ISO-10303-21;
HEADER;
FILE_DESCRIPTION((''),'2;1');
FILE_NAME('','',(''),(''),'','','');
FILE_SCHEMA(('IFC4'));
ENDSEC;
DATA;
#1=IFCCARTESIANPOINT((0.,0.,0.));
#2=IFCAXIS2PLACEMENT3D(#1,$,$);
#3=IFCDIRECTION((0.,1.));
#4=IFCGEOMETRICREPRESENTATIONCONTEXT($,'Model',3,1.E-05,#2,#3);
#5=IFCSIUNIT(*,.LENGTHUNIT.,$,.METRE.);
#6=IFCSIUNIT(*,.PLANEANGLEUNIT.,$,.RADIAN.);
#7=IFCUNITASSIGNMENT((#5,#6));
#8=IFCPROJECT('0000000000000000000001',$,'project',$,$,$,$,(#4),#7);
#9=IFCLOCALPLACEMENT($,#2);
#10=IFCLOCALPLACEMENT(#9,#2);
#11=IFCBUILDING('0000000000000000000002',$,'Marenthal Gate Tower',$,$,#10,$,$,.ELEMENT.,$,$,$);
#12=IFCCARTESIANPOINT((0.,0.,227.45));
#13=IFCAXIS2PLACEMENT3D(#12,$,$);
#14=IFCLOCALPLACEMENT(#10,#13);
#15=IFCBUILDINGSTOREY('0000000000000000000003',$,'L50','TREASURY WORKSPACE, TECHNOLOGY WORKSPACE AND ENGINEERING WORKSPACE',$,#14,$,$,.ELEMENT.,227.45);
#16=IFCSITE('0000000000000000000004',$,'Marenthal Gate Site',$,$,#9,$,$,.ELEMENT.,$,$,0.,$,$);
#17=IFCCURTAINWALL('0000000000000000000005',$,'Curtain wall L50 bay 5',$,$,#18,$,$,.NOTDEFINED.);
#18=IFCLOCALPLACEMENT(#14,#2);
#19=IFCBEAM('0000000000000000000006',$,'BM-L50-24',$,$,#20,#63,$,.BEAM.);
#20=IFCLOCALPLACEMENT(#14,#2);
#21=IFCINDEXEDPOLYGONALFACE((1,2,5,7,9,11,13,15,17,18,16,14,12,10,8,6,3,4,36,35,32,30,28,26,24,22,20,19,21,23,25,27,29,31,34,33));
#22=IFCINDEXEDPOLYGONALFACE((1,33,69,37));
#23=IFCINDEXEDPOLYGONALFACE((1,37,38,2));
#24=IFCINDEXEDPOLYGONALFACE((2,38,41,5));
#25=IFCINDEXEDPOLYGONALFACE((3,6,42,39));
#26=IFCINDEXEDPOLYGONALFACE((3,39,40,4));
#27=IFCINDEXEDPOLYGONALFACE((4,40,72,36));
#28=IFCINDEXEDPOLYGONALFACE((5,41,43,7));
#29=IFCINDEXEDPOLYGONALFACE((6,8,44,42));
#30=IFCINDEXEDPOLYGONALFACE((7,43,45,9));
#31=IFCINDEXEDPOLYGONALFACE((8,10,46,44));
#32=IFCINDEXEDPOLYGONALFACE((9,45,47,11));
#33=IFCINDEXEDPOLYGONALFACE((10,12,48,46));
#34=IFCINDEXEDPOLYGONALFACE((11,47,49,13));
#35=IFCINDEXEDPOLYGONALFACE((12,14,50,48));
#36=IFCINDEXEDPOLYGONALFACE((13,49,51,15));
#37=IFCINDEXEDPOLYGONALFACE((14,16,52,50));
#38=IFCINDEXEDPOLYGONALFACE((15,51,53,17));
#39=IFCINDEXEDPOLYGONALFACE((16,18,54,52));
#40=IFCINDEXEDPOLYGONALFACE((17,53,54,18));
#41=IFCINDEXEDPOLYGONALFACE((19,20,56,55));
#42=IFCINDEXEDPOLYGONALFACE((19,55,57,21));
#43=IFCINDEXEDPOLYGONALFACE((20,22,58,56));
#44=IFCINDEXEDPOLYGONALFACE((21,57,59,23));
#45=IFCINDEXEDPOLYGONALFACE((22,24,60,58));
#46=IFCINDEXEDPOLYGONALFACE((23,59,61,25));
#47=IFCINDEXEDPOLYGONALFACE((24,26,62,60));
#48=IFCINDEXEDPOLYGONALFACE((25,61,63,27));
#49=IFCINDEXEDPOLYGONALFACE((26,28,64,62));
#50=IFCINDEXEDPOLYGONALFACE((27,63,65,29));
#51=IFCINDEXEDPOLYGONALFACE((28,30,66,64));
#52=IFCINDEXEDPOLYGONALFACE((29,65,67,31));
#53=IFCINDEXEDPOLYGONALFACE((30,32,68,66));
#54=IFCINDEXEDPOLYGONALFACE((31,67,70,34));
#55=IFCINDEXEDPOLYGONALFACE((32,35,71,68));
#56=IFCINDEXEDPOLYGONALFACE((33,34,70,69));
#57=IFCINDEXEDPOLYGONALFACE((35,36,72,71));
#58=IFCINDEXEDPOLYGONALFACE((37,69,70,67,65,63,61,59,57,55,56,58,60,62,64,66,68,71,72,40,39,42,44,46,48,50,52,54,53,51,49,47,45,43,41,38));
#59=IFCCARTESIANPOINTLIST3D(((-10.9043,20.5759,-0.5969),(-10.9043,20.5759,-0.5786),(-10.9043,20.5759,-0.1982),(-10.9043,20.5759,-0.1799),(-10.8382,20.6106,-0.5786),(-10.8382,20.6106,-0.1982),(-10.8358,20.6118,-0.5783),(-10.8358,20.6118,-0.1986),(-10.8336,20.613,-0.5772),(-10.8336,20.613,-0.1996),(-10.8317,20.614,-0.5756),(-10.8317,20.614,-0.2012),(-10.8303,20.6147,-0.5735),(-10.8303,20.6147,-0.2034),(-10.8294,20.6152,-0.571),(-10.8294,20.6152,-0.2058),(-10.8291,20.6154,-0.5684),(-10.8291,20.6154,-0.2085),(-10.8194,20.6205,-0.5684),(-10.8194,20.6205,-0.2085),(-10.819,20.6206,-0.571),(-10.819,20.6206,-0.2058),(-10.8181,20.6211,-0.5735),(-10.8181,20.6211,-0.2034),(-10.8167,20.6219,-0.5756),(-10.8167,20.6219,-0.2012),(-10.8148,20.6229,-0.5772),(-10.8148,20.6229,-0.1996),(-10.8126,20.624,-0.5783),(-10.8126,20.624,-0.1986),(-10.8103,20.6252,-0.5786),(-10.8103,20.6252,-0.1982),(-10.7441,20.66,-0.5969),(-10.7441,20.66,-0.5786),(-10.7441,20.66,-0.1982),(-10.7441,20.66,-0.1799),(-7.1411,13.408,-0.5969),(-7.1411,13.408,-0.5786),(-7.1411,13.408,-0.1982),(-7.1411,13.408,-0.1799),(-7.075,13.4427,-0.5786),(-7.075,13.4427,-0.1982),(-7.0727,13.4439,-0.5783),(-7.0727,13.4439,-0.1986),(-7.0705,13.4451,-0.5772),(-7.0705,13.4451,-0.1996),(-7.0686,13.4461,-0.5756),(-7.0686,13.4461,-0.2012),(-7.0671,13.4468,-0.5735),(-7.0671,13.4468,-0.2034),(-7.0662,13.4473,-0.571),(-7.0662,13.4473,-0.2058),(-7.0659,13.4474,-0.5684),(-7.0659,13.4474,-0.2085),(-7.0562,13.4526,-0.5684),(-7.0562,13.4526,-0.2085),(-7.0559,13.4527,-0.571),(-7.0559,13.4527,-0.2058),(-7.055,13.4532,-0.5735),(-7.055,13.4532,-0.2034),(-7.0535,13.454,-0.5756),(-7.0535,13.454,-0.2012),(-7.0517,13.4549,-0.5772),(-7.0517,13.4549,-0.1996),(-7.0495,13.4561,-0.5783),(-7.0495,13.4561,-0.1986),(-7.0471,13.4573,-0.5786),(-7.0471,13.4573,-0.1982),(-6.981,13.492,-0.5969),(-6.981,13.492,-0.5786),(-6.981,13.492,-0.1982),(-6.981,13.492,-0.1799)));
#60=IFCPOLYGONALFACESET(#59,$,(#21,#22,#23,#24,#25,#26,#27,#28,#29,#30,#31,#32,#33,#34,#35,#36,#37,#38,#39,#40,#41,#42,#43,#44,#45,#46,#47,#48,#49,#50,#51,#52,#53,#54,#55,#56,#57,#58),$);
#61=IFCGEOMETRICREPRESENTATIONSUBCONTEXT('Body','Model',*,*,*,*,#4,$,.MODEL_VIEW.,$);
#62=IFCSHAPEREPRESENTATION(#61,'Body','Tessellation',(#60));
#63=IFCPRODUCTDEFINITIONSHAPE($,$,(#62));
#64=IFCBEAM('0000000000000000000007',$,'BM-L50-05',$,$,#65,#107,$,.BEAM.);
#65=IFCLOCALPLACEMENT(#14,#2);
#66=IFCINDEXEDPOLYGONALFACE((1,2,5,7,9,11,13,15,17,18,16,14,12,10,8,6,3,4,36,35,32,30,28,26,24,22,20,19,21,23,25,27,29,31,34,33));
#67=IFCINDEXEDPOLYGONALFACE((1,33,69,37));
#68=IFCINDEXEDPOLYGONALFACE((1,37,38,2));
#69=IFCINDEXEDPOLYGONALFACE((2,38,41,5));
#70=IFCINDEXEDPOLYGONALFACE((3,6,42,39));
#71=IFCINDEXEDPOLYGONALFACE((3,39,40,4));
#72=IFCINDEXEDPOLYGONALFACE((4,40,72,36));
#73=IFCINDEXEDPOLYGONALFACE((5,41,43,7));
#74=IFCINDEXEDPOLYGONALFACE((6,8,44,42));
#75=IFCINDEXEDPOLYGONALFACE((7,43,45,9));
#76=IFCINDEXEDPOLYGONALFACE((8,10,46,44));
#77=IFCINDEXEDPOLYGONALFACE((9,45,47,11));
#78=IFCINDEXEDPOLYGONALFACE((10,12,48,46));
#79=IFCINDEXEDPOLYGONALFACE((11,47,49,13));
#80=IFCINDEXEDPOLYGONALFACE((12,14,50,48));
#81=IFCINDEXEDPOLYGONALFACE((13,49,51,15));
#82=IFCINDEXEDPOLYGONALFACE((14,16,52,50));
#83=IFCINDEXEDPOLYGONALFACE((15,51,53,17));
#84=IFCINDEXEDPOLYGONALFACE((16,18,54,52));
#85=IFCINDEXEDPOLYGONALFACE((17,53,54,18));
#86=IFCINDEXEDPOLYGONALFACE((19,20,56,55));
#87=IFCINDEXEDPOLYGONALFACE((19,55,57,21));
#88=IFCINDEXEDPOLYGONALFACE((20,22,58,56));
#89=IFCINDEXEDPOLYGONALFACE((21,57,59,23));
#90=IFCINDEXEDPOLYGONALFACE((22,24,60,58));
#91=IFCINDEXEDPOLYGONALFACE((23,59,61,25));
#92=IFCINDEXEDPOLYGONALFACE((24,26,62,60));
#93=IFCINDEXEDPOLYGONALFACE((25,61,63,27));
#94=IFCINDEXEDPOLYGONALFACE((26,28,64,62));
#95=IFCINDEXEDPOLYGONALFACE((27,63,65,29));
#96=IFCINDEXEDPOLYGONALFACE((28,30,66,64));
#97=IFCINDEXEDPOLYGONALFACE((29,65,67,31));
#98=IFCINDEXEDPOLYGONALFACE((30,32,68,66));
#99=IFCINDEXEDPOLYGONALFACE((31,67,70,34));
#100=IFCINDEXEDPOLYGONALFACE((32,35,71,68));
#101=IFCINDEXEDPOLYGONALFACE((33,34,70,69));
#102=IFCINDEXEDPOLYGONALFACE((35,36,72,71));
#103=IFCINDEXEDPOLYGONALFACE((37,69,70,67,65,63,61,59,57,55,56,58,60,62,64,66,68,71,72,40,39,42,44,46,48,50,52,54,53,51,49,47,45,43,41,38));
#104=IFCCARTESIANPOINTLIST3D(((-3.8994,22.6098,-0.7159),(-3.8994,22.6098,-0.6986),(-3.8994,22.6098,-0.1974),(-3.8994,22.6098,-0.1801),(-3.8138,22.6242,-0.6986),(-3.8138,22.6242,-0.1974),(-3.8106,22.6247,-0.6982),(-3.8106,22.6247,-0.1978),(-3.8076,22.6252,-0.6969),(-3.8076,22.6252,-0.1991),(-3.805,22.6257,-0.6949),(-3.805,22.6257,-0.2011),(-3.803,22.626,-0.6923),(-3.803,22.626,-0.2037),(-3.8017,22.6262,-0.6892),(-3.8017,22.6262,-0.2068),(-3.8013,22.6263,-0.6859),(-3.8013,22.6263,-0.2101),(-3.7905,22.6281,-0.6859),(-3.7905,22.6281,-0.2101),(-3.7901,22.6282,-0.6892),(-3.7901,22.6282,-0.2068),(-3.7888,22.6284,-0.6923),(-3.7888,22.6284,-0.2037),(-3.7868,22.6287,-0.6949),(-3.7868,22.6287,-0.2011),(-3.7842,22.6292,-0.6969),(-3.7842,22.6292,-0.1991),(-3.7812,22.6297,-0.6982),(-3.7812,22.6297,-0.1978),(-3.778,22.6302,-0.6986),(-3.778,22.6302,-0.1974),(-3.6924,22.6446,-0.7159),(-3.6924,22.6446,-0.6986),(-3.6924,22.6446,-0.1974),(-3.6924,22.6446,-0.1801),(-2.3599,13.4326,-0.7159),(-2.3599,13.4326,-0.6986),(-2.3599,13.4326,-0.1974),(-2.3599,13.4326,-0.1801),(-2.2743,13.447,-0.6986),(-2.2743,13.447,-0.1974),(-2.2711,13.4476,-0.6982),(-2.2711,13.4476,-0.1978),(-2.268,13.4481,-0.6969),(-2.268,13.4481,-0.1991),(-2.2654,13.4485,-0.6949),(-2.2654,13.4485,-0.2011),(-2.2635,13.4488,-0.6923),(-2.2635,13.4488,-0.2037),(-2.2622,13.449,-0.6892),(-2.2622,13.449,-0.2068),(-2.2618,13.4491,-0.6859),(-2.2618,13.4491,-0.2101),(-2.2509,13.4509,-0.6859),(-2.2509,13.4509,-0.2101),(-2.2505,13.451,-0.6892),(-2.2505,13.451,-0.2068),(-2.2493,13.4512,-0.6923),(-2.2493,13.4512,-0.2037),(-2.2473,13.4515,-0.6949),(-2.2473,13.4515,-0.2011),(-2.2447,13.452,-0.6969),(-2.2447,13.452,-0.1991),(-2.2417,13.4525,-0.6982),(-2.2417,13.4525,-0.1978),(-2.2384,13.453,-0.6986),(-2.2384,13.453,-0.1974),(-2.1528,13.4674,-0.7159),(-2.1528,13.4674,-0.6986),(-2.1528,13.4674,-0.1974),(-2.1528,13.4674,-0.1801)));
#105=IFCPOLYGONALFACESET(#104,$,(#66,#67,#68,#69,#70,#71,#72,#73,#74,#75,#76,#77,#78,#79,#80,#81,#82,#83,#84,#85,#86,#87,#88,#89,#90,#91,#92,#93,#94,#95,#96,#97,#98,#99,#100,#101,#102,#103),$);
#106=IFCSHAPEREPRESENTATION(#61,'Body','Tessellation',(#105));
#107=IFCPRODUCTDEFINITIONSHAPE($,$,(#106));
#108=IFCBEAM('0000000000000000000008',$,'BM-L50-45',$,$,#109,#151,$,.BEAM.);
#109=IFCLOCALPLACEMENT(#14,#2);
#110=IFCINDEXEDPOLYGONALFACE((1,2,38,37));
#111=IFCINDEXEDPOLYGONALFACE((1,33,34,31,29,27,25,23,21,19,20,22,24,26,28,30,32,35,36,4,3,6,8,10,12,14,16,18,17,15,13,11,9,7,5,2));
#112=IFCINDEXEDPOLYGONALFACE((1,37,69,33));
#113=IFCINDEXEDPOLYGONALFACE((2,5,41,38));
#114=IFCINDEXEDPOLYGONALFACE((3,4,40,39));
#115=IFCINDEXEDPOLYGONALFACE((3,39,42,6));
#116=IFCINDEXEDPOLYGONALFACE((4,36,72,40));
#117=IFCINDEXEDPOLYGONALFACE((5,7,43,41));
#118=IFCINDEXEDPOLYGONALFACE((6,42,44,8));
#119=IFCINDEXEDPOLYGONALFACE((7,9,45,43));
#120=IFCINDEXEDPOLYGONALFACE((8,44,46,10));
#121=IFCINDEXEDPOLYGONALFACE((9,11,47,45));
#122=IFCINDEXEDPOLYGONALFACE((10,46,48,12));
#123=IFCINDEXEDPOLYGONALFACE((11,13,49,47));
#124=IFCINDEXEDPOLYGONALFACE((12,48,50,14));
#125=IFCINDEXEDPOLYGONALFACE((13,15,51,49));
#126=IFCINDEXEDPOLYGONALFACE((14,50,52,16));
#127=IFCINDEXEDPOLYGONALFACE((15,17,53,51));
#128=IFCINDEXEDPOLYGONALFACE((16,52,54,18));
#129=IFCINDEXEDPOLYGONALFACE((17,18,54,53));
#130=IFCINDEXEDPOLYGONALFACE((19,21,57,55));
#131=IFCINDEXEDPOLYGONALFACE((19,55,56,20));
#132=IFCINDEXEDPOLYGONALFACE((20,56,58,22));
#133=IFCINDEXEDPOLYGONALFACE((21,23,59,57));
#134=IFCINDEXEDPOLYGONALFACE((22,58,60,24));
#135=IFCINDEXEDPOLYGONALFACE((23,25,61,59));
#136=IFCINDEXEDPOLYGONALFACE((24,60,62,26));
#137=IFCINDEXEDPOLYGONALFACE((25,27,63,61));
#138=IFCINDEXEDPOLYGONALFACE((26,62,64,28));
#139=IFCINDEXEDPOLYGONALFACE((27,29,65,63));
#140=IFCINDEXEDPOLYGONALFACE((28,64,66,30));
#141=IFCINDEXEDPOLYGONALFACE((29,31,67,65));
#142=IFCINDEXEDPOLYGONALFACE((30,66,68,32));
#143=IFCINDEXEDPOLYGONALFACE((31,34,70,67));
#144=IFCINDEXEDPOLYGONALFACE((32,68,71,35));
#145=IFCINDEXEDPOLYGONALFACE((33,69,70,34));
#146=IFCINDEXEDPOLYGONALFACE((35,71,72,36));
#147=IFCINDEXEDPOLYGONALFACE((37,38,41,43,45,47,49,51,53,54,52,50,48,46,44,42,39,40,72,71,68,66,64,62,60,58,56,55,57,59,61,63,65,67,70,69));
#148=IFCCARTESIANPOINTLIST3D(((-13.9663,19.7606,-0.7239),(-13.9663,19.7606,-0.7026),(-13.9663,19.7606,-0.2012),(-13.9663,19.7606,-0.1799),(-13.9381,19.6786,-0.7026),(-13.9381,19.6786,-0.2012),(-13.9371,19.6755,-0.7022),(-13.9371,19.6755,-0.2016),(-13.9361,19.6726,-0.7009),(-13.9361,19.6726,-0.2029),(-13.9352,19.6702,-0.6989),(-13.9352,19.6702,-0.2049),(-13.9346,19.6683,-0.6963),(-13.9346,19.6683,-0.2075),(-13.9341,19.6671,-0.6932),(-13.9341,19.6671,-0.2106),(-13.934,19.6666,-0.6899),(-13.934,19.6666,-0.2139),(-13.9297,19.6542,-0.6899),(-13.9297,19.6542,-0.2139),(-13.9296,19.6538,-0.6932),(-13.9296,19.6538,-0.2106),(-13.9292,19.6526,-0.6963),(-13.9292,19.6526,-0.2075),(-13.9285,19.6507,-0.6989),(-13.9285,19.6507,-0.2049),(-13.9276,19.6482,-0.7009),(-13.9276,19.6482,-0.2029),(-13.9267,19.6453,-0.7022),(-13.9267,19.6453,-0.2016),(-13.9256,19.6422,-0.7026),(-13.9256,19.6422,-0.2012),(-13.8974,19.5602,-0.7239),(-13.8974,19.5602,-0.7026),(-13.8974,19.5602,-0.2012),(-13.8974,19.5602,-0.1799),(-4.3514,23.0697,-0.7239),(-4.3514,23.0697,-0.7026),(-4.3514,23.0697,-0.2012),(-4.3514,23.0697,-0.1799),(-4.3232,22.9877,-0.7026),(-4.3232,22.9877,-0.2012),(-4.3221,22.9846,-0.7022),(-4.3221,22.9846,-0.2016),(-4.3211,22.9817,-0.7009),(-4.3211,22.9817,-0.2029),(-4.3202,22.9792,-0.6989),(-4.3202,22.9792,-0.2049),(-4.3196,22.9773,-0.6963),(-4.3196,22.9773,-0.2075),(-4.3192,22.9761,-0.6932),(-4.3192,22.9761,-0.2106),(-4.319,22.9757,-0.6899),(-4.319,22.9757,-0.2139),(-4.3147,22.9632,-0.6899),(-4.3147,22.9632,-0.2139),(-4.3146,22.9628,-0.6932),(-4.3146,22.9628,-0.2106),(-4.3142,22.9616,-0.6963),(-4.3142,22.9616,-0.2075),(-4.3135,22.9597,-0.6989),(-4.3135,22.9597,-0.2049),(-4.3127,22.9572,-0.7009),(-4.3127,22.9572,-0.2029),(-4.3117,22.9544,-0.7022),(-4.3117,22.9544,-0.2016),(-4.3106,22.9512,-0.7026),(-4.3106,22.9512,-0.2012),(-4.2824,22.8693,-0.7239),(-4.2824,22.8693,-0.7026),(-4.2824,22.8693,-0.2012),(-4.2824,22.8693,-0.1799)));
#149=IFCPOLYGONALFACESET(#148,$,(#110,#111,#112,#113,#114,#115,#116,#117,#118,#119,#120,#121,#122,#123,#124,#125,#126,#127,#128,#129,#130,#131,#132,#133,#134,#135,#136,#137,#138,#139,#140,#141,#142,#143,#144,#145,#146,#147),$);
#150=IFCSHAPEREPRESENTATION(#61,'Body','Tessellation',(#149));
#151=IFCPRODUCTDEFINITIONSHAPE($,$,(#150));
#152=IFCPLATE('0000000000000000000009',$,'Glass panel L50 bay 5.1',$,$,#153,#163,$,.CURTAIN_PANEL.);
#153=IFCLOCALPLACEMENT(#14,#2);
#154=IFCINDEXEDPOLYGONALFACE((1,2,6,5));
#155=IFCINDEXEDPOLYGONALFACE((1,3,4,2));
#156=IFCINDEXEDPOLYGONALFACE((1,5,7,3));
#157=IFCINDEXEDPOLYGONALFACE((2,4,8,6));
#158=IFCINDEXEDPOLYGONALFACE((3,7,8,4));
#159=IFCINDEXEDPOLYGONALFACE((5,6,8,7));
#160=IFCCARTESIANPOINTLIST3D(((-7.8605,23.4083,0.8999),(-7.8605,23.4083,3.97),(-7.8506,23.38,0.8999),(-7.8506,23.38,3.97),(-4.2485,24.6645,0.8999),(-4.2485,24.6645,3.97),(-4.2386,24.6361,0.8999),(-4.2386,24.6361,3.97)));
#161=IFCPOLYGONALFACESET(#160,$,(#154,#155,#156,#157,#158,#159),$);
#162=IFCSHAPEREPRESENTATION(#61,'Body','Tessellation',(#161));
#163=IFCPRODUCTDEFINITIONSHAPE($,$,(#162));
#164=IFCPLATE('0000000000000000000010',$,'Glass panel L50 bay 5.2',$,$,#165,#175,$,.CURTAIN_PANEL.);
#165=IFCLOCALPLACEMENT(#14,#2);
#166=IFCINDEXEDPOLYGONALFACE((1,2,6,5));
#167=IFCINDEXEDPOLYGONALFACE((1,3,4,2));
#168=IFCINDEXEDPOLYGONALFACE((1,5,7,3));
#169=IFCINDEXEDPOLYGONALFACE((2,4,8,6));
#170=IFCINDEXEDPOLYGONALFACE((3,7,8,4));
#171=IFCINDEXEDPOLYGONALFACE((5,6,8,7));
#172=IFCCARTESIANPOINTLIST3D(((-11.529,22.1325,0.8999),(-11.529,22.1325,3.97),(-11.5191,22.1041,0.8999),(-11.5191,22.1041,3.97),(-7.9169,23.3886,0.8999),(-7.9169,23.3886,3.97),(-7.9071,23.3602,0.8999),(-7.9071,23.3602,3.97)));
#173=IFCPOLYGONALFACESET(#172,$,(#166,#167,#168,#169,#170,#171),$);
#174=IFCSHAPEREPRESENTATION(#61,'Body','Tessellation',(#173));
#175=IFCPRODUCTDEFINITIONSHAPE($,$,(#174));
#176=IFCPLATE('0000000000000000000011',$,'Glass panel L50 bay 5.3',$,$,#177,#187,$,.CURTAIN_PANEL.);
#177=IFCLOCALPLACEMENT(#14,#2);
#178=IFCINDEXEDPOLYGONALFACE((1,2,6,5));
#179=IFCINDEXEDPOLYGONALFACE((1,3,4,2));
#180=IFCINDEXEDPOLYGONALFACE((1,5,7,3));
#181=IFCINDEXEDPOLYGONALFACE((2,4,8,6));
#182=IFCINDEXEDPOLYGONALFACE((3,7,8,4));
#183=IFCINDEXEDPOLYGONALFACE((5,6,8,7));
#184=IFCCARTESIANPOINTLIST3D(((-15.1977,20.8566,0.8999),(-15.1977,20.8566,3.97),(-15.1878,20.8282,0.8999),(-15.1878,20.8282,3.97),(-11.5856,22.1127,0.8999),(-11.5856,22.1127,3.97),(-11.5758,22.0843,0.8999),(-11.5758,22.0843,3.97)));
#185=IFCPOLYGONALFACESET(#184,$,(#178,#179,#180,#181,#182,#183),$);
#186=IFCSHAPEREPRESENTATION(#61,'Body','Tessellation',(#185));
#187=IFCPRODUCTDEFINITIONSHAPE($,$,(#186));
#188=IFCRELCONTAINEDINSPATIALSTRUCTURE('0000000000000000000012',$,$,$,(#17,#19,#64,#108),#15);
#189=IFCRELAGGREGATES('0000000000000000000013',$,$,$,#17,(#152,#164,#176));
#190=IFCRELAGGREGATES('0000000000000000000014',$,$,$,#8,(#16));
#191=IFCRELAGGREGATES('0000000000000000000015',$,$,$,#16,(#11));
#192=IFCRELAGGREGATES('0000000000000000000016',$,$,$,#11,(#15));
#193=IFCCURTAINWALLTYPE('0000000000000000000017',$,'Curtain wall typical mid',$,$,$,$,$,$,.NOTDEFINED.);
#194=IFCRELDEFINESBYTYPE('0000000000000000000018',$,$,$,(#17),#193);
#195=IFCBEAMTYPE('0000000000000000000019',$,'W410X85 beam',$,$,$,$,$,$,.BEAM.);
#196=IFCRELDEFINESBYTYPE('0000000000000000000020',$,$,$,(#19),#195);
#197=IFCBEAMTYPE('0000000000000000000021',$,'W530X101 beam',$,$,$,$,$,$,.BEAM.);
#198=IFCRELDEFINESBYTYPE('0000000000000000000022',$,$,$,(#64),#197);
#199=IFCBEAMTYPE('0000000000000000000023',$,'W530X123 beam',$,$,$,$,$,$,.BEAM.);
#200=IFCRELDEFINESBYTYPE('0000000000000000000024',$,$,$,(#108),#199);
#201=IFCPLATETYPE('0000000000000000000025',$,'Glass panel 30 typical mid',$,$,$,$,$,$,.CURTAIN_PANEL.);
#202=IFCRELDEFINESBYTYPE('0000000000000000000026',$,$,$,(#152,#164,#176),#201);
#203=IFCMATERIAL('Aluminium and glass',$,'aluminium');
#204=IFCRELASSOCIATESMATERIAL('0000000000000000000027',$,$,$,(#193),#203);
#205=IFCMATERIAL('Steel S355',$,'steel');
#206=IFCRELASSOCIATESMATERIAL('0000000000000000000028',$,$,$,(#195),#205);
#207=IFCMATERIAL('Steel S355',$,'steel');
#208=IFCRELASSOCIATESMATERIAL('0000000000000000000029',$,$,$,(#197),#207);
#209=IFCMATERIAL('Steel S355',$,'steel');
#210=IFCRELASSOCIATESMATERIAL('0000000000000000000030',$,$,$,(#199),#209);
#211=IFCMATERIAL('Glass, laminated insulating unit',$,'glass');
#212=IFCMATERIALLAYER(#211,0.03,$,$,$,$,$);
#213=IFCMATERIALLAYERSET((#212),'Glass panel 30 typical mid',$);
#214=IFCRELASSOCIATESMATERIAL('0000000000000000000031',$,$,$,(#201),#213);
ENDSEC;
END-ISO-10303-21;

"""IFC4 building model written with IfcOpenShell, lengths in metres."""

from ifc_helpers import new_model, si_unit, direction, frame, origin, origin_2d, place, context, subcontext, project, spatial, rectangle, i_section, extrude, material, layer, layer_set, material_profile, profile_set, type_object, element, aggregate, save


model = new_model("IFC4")

# Units and contexts
model_context = context("Model", 3, precision=1e-05, world=origin(), true_north=direction((0.0, 1.0)))
body_context = subcontext(model_context, "Body", "Model", "MODEL_VIEW")
ifc_project = project(units=[si_unit("LENGTHUNIT", "METRE"), si_unit("PLANEANGLEUNIT", "RADIAN")], contexts=[model_context])

# Site, building, storey
site_placement = place(None, origin())
site = spatial("IfcSite", under=ifc_project, at=site_placement, Name="Marenthal Gate Site", CompositionType="ELEMENT", RefElevation=0.0)
building_placement = place(site_placement, origin())
building = spatial("IfcBuilding", under=site, at=building_placement, Name="Marenthal Gate Tower", CompositionType="ELEMENT")
storey_placement = place(building_placement, frame((0.0, 0.0, 227.45)))
storey = spatial("IfcBuildingStorey", under=building, at=storey_placement, Name="L50", Description="TREASURY WORKSPACE, TECHNOLOGY WORKSPACE AND ENGINEERING WORKSPACE", CompositionType="ELEMENT", Elevation=227.45)

# Curtain wall
ifc_material_1 = material(Name="Aluminium and glass", Category="aluminium")
curtain_wall_type = type_object("IfcCurtainWallType", Name="Curtain wall typical mid", PredefinedType="NOTDEFINED", material=ifc_material_1)
curtain_wall_placement = place(storey_placement, origin())
curtain_wall = element("IfcCurtainWall", 1, at=curtain_wall_placement, inside=storey, type_object=curtain_wall_type, Name="Curtain wall L50 bay 5", PredefinedType="NOTDEFINED")

# Beams
ifc_material_2 = material(Name="Steel S355", Category="steel")
ifc_material_profile_1 = material_profile(ifc_material_2, i_section(OverallWidth=0.1809, OverallDepth=0.417, WebThickness=0.011, FlangeThickness=0.0183, FilletRadius=0.0103, at=origin_2d()), Name="W410X85")
ifc_profile_set_1 = profile_set([ifc_material_profile_1], Name="Steel S355")
beam_type_1 = type_object("IfcBeamType", Name="W410X85 beam", PredefinedType="BEAM", material=ifc_profile_set_1)
beam_1_placement = place(storey_placement, frame((-10.8242, 20.6179, -0.3884), z_axis=(0.464834, -0.885398, 0.0), x_axis=(0.885398, 0.464834, 0.0)))
element("IfcBeam", 2, at=beam_1_placement, inside=storey, type_object=beam_type_1, Name="BM-L50-24", PredefinedType="BEAM", context=body_context, shape_type="SweptSolid", body=[
    extrude(i_section(OverallWidth=0.1809, OverallDepth=0.417, WebThickness=0.011, FlangeThickness=0.0183, FilletRadius=0.0103, at=origin_2d()), origin(), (0.0, 0.0, 1.0), 8.0957),
])
ifc_material_3 = material(Name="Steel S355", Category="steel")
ifc_material_profile_2 = material_profile(ifc_material_3, i_section(OverallWidth=0.21, OverallDepth=0.5359, WebThickness=0.011, FlangeThickness=0.0173, FilletRadius=0.0127, at=origin_2d()), Name="W530X101")
ifc_profile_set_2 = profile_set([ifc_material_profile_2], Name="Steel S355")
beam_type_2 = type_object("IfcBeamType", Name="W530X101 beam", PredefinedType="BEAM", material=ifc_profile_set_2)
beam_2_placement = place(storey_placement, frame((-3.7959, 22.6272, -0.448), z_axis=(0.165446, -0.986219, 0.0), x_axis=(0.986219, 0.165446, 0.0)))
element("IfcBeam", 3, at=beam_2_placement, inside=storey, type_object=beam_type_2, Name="BM-L50-05", PredefinedType="BEAM", context=body_context, shape_type="SweptSolid", body=[
    extrude(i_section(OverallWidth=0.21, OverallDepth=0.5359, WebThickness=0.011, FlangeThickness=0.0173, FilletRadius=0.0127, at=origin_2d()), origin(), (0.0, 0.0, 1.0), 9.3054),
])
ifc_material_4 = material(Name="Steel S355", Category="steel")
ifc_material_profile_3 = material_profile(ifc_material_4, i_section(OverallWidth=0.2119, OverallDepth=0.5439, WebThickness=0.0132, FlangeThickness=0.0212, FilletRadius=0.0127, at=origin_2d()), Name="W530X123")
ifc_profile_set_3 = profile_set([ifc_material_profile_3], Name="Steel S355")
beam_type_3 = type_object("IfcBeamType", Name="W530X123 beam", PredefinedType="BEAM", material=ifc_profile_set_3)
beam_3_placement = place(storey_placement, frame((-4.3169, 22.9695, -0.4519), z_axis=(-0.945568, -0.325425, 0.0), x_axis=(0.325425, -0.945568, 0.0)))
element("IfcBeam", 4, at=beam_3_placement, inside=storey, type_object=beam_type_3, Name="BM-L50-45", PredefinedType="BEAM", context=body_context, shape_type="SweptSolid", body=[
    extrude(i_section(OverallWidth=0.2119, OverallDepth=0.5439, WebThickness=0.0132, FlangeThickness=0.0212, FilletRadius=0.0127, at=origin_2d()), origin(), (0.0, 0.0, 1.0), 10.1685),
])

# Plates
ifc_material_5 = material(Name="Glass, laminated insulating unit", Category="glass")
ifc_layer_1 = layer(ifc_material_5, 0.03)
ifc_layer_set_1 = layer_set([ifc_layer_1], Name="Glass panel 30 typical mid")
plate_type = type_object("IfcPlateType", Name="Glass panel 30 typical mid", PredefinedType="CURTAIN_PANEL", material=ifc_layer_set_1)
plate_1_placement = place(storey_placement, frame((-6.0496, 24.0222, 0.8999), z_axis=(0.0, 0.0, 1.0), x_axis=(-0.944515, -0.328468, 0.0)))
plate_1 = element("IfcPlate", 5, at=plate_1_placement, type_object=plate_type, Name="Glass panel L50 bay 5.1", PredefinedType="CURTAIN_PANEL", context=body_context, shape_type="SweptSolid", body=[
    extrude(rectangle(XDim=3.8242, YDim=0.03, at=origin_2d()), origin(), (0.0, 0.0, 1.0), 3.0701),
])
plate_2_placement = place(storey_placement, frame((-9.718, 22.7463, 0.8999), z_axis=(0.0, 0.0, 1.0), x_axis=(-0.944515, -0.328468, 0.0)))
plate_2 = element("IfcPlate", 6, at=plate_2_placement, type_object=plate_type, Name="Glass panel L50 bay 5.2", PredefinedType="CURTAIN_PANEL", context=body_context, shape_type="SweptSolid", body=[
    extrude(rectangle(XDim=3.8242, YDim=0.03, at=origin_2d()), origin(), (0.0, 0.0, 1.0), 3.0701),
])
plate_3_placement = place(storey_placement, frame((-13.3867, 21.4705, 0.8999), z_axis=(0.0, 0.0, 1.0), x_axis=(-0.944515, -0.328468, 0.0)))
plate_3 = element("IfcPlate", 7, at=plate_3_placement, type_object=plate_type, Name="Glass panel L50 bay 5.3", PredefinedType="CURTAIN_PANEL", context=body_context, shape_type="SweptSolid", body=[
    extrude(rectangle(XDim=3.8242, YDim=0.03, at=origin_2d()), origin(), (0.0, 0.0, 1.0), 3.0701),
])
aggregate(curtain_wall, [plate_1, plate_2, plate_3])

save(model, "model.ifc")
